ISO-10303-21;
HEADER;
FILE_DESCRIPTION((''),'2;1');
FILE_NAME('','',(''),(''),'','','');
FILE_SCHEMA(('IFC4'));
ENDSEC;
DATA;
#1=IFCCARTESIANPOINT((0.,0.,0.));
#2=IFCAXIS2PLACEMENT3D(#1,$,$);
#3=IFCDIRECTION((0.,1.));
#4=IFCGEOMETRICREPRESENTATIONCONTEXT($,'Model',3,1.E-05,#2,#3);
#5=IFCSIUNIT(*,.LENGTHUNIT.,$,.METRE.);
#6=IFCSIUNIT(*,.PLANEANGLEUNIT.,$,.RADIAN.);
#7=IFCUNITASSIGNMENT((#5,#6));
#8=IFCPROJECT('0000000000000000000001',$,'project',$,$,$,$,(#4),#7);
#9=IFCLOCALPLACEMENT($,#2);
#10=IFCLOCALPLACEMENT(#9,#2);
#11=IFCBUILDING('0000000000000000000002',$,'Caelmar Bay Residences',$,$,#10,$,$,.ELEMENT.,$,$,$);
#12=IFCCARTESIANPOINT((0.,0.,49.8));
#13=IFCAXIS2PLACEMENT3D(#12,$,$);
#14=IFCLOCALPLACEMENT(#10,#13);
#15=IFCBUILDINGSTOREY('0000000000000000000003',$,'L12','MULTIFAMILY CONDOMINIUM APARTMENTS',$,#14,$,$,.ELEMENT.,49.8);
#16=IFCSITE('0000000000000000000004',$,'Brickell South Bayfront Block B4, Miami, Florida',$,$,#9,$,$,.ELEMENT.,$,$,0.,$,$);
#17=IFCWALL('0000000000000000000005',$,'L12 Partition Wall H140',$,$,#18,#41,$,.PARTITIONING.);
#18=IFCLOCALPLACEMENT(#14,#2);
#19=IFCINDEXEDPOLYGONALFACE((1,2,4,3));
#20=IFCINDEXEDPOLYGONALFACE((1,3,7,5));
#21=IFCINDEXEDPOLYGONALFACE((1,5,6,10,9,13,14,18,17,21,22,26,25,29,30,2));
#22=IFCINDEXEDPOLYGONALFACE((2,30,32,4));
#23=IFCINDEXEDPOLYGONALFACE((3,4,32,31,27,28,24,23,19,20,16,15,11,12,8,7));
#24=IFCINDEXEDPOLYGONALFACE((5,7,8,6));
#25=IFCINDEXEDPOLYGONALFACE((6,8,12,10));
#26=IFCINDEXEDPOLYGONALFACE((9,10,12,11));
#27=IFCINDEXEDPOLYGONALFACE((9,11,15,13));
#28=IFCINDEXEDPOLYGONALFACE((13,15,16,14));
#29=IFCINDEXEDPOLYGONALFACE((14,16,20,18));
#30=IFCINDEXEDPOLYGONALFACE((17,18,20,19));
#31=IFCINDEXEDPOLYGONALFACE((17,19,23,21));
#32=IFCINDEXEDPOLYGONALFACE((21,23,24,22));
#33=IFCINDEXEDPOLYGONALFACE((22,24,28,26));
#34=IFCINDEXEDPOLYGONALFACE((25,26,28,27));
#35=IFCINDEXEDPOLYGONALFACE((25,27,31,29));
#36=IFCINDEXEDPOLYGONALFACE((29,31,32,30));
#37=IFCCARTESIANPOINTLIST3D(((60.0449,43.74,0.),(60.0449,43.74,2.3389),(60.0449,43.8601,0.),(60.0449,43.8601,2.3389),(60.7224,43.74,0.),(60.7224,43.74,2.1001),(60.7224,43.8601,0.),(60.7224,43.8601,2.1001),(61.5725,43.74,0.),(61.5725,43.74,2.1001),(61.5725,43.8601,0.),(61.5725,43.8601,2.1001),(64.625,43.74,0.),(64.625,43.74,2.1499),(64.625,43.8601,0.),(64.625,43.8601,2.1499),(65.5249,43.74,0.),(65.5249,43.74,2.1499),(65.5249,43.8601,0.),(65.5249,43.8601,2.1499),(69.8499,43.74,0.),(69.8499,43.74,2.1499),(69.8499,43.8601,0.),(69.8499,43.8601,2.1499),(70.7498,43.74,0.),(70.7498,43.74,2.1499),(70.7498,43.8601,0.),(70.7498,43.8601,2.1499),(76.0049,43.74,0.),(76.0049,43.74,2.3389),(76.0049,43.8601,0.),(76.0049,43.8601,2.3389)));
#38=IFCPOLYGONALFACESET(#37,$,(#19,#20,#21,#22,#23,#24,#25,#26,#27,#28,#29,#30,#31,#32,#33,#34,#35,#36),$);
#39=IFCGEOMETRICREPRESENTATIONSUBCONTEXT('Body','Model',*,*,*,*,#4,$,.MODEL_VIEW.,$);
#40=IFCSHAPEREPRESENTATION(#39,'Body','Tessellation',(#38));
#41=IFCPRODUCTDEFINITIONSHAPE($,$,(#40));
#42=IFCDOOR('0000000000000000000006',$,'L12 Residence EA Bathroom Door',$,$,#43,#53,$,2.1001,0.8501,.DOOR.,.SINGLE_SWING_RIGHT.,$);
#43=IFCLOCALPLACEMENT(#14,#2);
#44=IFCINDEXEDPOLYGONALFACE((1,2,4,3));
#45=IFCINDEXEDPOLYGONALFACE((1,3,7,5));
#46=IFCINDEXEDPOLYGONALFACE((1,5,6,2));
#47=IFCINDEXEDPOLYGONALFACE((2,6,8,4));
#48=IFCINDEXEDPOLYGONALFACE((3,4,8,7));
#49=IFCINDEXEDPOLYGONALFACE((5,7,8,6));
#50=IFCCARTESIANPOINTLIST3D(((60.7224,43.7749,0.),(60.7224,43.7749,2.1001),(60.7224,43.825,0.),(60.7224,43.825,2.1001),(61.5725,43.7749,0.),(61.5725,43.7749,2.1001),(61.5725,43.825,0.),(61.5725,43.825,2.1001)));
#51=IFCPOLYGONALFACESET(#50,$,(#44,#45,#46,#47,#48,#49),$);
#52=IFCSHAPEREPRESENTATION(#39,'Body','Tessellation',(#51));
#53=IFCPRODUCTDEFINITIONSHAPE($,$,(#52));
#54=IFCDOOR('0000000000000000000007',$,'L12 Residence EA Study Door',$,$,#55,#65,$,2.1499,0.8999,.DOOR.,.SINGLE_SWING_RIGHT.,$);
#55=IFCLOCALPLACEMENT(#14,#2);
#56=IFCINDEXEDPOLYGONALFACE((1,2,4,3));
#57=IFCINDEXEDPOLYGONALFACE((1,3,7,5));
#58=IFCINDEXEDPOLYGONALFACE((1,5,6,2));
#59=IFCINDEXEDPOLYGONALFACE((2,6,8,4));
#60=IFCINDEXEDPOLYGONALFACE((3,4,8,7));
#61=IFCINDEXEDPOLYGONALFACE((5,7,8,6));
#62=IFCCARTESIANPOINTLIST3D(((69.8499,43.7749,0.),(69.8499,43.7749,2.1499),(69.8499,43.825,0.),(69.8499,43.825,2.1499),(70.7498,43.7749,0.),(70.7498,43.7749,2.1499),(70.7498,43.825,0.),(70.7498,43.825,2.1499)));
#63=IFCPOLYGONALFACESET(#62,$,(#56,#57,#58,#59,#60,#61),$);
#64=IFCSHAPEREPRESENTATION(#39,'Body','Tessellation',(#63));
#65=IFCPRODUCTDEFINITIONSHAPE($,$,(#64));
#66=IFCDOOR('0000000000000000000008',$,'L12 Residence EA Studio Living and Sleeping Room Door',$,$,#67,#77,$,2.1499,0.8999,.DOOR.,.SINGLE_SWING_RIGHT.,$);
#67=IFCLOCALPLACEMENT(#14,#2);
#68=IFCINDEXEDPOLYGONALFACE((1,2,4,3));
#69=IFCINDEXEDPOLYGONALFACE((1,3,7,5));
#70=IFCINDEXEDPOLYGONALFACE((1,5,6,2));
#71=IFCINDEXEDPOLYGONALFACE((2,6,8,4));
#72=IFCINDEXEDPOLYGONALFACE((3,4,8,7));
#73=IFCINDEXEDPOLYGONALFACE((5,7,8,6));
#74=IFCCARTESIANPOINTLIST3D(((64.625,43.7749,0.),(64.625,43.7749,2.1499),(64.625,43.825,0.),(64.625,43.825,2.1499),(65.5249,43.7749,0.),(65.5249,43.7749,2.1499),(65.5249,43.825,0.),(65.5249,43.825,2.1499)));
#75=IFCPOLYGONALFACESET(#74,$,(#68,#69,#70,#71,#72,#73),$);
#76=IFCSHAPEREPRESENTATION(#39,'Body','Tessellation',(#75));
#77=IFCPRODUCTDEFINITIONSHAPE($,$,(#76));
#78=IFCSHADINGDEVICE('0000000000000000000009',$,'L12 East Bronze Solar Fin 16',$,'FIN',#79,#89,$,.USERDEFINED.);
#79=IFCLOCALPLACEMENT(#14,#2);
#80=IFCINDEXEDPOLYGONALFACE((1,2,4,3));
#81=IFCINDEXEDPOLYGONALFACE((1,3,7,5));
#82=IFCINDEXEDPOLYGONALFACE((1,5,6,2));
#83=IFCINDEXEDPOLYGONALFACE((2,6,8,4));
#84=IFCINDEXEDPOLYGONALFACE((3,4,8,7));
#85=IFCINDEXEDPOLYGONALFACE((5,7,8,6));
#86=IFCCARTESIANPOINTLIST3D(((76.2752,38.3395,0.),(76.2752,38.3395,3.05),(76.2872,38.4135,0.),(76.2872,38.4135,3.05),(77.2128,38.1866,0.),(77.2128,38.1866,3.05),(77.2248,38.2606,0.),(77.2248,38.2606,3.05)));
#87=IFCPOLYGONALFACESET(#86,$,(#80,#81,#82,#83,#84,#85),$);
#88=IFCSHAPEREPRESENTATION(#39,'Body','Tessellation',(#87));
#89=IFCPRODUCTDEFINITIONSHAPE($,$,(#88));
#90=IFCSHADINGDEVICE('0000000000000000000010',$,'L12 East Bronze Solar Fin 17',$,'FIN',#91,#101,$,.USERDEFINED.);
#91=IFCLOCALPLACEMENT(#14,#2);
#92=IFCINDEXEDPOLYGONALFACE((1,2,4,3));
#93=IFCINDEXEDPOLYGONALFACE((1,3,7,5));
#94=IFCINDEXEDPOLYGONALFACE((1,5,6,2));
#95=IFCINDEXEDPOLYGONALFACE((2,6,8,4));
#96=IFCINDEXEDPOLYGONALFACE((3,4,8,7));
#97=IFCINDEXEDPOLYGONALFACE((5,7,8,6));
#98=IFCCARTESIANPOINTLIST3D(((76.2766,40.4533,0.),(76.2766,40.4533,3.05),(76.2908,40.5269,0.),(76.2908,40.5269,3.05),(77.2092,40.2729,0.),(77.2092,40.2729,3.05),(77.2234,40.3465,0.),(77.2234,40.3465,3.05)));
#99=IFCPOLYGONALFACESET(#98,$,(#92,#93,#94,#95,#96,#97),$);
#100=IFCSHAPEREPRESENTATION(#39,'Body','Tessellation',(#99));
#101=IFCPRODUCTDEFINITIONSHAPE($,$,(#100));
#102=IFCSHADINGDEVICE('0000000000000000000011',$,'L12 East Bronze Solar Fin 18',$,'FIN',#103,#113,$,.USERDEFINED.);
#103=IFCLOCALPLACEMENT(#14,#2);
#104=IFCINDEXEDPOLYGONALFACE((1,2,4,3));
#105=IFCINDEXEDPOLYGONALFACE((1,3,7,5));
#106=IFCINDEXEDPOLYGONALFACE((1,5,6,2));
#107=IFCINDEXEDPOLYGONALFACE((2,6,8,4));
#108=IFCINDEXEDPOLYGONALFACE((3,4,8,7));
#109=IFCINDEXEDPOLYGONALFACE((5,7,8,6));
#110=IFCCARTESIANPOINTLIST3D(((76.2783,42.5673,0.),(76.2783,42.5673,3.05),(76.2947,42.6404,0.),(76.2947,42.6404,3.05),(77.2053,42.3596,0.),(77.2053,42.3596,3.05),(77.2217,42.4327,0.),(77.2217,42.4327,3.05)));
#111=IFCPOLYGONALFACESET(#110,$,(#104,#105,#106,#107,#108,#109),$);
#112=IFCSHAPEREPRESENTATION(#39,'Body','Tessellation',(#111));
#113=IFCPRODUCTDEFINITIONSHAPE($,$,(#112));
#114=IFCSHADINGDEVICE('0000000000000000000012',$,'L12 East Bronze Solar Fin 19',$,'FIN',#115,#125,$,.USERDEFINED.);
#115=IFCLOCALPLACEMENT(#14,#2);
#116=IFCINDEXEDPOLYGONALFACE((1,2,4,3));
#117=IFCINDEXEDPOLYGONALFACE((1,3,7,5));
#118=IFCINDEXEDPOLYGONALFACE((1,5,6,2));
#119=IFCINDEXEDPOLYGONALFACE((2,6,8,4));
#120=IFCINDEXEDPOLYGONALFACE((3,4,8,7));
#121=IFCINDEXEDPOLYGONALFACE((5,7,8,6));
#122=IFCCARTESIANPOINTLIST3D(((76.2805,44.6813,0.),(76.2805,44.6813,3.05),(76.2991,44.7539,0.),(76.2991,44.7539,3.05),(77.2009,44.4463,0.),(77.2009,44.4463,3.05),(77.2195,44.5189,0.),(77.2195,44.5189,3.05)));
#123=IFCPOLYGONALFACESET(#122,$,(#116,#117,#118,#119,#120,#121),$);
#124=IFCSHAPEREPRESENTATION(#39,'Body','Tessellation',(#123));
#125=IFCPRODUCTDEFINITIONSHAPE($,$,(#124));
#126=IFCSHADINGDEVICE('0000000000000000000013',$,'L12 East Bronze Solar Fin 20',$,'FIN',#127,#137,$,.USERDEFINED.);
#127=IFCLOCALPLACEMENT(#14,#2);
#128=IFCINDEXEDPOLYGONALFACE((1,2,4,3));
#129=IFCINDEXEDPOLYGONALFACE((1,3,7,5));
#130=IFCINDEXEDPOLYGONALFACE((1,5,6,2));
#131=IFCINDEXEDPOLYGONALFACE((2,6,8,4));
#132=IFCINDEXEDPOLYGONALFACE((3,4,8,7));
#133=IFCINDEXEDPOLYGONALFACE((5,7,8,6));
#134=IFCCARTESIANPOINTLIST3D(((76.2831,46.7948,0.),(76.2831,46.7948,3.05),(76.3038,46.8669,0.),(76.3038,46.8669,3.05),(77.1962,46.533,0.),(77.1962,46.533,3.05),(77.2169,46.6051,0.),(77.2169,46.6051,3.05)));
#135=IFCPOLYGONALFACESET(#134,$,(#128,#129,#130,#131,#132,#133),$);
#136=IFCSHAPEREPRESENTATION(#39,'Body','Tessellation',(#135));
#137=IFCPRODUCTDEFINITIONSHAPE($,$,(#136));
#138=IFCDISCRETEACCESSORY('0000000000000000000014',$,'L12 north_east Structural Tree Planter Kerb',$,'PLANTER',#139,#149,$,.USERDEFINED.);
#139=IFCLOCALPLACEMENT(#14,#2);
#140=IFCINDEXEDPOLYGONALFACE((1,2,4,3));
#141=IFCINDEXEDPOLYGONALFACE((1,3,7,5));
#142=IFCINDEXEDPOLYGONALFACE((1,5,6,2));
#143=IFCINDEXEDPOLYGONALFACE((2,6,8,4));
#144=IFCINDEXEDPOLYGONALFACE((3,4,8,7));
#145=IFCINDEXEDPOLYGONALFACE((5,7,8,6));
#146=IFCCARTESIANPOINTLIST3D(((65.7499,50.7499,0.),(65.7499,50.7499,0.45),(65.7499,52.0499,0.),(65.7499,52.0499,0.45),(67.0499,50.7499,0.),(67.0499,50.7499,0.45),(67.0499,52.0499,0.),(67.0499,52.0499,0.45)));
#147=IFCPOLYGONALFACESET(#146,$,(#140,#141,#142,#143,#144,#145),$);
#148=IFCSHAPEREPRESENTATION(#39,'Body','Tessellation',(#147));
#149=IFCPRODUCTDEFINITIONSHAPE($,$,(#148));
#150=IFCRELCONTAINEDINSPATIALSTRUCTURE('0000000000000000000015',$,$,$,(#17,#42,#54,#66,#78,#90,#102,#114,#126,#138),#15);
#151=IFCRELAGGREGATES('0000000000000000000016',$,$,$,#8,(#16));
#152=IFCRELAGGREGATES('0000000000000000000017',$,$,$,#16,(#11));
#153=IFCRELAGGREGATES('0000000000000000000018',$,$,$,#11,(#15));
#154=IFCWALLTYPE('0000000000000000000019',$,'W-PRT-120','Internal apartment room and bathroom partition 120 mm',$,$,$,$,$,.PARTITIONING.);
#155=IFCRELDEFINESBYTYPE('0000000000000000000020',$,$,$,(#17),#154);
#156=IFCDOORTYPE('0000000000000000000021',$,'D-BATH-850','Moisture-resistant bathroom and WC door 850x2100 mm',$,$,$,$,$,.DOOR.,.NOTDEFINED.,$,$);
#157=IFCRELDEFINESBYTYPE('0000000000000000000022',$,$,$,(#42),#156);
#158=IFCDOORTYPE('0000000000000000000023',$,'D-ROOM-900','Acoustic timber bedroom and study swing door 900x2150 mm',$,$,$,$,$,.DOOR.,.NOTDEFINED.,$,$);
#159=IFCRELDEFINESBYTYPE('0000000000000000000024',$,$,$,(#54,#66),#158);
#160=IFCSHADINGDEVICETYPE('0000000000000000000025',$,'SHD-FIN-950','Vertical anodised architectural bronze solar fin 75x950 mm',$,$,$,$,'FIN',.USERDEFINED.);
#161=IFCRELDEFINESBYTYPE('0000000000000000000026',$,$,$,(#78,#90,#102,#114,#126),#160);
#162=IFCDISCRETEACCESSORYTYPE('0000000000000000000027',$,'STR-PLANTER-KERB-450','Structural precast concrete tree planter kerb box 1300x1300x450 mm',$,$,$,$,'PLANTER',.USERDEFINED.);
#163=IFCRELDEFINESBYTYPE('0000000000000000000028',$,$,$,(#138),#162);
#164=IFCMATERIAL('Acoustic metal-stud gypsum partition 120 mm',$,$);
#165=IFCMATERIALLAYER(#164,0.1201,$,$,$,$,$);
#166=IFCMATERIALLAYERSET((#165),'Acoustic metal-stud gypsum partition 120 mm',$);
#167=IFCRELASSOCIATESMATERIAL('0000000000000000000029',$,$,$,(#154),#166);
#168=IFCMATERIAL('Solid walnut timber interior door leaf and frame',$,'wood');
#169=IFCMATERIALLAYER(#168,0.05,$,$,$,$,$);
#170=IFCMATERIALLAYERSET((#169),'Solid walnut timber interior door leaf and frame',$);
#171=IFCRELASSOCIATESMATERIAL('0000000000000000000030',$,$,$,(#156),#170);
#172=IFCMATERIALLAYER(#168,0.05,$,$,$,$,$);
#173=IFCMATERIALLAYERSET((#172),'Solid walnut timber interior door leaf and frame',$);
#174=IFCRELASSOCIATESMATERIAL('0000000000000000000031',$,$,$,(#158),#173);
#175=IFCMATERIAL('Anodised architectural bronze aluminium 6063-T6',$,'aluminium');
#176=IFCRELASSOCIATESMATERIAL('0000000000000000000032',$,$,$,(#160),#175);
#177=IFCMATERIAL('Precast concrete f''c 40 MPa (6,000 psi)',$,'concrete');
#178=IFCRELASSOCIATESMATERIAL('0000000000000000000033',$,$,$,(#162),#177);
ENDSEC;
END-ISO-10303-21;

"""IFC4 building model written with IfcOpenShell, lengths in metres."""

from ifc_helpers import new_model, si_unit, direction, frame, frame_2d, origin, origin_2d, place, context, subcontext, project, spatial, rectangle, extrude, material, layer, layer_set, material_profile, profile_set, type_object, element, fill, save


model = new_model("IFC4")

# Units and contexts
model_context = context("Model", 3, precision=1e-05, world=origin(), true_north=direction((0.0, 1.0)))
body_context = subcontext(model_context, "Body", "Model", "MODEL_VIEW")
ifc_project = project(units=[si_unit("LENGTHUNIT", "METRE"), si_unit("PLANEANGLEUNIT", "RADIAN")], contexts=[model_context])

# Site, building, storey
site_placement = place(None, origin())
site = spatial("IfcSite", under=ifc_project, at=site_placement, Name="Brickell South Bayfront Block B4, Miami, Florida", CompositionType="ELEMENT", RefElevation=0.0)
building_placement = place(site_placement, origin())
building = spatial("IfcBuilding", under=site, at=building_placement, Name="Caelmar Bay Residences", CompositionType="ELEMENT")
storey_placement = place(building_placement, frame((0.0, 0.0, 49.8)))
storey = spatial("IfcBuildingStorey", under=building, at=storey_placement, Name="L12", Description="MULTIFAMILY CONDOMINIUM APARTMENTS", CompositionType="ELEMENT", Elevation=49.8)

# Shared definitions
ifc_material_1 = material(Name="Precast concrete f'c 40 MPa (6,000 psi)", Category="concrete")

# Shared definitions
ifc_material_2 = material(Name="Acoustic metal-stud gypsum partition 120 mm")
ifc_layer_1 = layer(ifc_material_2, 0.1201)
ifc_layer_set_1 = layer_set([ifc_layer_1], Name="Acoustic metal-stud gypsum partition 120 mm")
wall_type_1 = type_object("IfcWallType", Name="W-PRT-120", Description="Internal apartment room and bathroom partition 120 mm", PredefinedType="PARTITIONING", material=ifc_layer_set_1)

# Wall, openings, doors
wall_1_placement = place(storey_placement, frame((60.0449, 43.8, 0.0), z_axis=(0.0, 0.0, 1.0), x_axis=(1.0, 0.0, 0.0)))
wall_1 = element("IfcWall", 1, at=wall_1_placement, inside=storey, type_object=wall_type_1, Name="L12 Partition Wall H140", PredefinedType="PARTITIONING", context=body_context, shape_type="SweptSolid", body=[
    extrude(rectangle(XDim=15.96, YDim=0.1201, at=frame_2d((7.98, 0.0))), origin(), (0.0, 0.0, 1.0), 2.3389),
])
opening_1_placement = place(wall_1_placement, frame((9.8049, 0.0, 0.0)))
opening_1 = element("IfcOpeningElement", 2, at=opening_1_placement, cuts=wall_1, PredefinedType="OPENING", context=body_context, shape_type="SweptSolid", body=[
    extrude(rectangle(XDim=0.8999, YDim=2.1499, at=frame_2d((0.45, 1.075))), frame((0.0, 0.0701, 0.0), z_axis=(0.0, -1.0, 0.0), x_axis=(1.0, 0.0, 0.0)), (0.0, 0.0, 1.0), 0.1401),
])
opening_2_placement = place(wall_1_placement, frame((4.5801, 0.0, 0.0)))
opening_2 = element("IfcOpeningElement", 3, at=opening_2_placement, cuts=wall_1, PredefinedType="OPENING", context=body_context, shape_type="SweptSolid", body=[
    extrude(rectangle(XDim=0.8999, YDim=2.1499, at=frame_2d((0.45, 1.075))), frame((0.0, 0.0701, 0.0), z_axis=(0.0, -1.0, 0.0), x_axis=(1.0, 0.0, 0.0)), (0.0, 0.0, 1.0), 0.1401),
])
opening_3_placement = place(wall_1_placement, frame((0.6775, 0.0, 0.0)))
opening_3 = element("IfcOpeningElement", 4, at=opening_3_placement, cuts=wall_1, PredefinedType="OPENING", context=body_context, shape_type="SweptSolid", body=[
    extrude(rectangle(XDim=0.8501, YDim=2.1001, at=frame_2d((0.425, 1.05))), frame((0.0, 0.0701, 0.0), z_axis=(0.0, -1.0, 0.0), x_axis=(1.0, 0.0, 0.0)), (0.0, 0.0, 1.0), 0.1401),
])
ifc_material_3 = material(Name="Solid walnut timber interior door leaf and frame", Category="wood")
ifc_layer_2 = layer(ifc_material_3, 0.05)
ifc_layer_set_2 = layer_set([ifc_layer_2], Name="Solid walnut timber interior door leaf and frame")
door_type_1 = type_object("IfcDoorType", Name="D-BATH-850", Description="Moisture-resistant bathroom and WC door 850x2100 mm", OperationType="NOTDEFINED", PredefinedType="DOOR", material=ifc_layer_set_2)
door_1_placement = place(opening_3_placement, origin())
door_1 = element("IfcDoor", 5, at=door_1_placement, inside=storey, type_object=door_type_1, Name="L12 Residence EA Bathroom Door", OperationType="SINGLE_SWING_RIGHT", OverallHeight=2.1001, OverallWidth=0.8501, PredefinedType="DOOR", context=body_context, shape_type="SweptSolid", body=[
    extrude(rectangle(XDim=0.8501, YDim=2.1001, at=frame_2d((0.425, 1.05))), frame((0.0, 0.0249, 0.0), z_axis=(0.0, -1.0, 0.0), x_axis=(1.0, 0.0, 0.0)), (0.0, 0.0, 1.0), 0.05),
])
fill(opening_3, door_1)
ifc_layer_3 = layer(ifc_material_3, 0.05)
ifc_layer_set_3 = layer_set([ifc_layer_3], Name="Solid walnut timber interior door leaf and frame")
door_type_2 = type_object("IfcDoorType", Name="D-ROOM-900", Description="Acoustic timber bedroom and study swing door 900x2150 mm", OperationType="NOTDEFINED", PredefinedType="DOOR", material=ifc_layer_set_3)
door_2_placement = place(opening_1_placement, origin())
door_2 = element("IfcDoor", 6, at=door_2_placement, inside=storey, type_object=door_type_2, Name="L12 Residence EA Study Door", OperationType="SINGLE_SWING_RIGHT", OverallHeight=2.1499, OverallWidth=0.8999, PredefinedType="DOOR", context=body_context, shape_type="SweptSolid", body=[
    extrude(rectangle(XDim=0.8999, YDim=2.1499, at=frame_2d((0.45, 1.075))), frame((0.0, 0.0249, 0.0), z_axis=(0.0, -1.0, 0.0), x_axis=(1.0, 0.0, 0.0)), (0.0, 0.0, 1.0), 0.05),
])
fill(opening_1, door_2)
door_3_placement = place(opening_2_placement, origin())
door_3 = element("IfcDoor", 7, at=door_3_placement, inside=storey, type_object=door_type_2, Name="L12 Residence EA Studio Living and Sleeping Room Door", OperationType="SINGLE_SWING_RIGHT", OverallHeight=2.1499, OverallWidth=0.8999, PredefinedType="DOOR", context=body_context, shape_type="SweptSolid", body=[
    extrude(rectangle(XDim=0.8999, YDim=2.1499, at=frame_2d((0.45, 1.075))), frame((0.0, 0.0249, 0.0), z_axis=(0.0, -1.0, 0.0), x_axis=(1.0, 0.0, 0.0)), (0.0, 0.0, 1.0), 0.05),
])
fill(opening_2, door_3)

# Shading devices
ifc_material_4 = material(Name="Anodised architectural bronze aluminium 6063-T6", Category="aluminium")
ifc_material_profile_1 = material_profile(ifc_material_4, rectangle(XDim=0.075, YDim=0.95, at=origin_2d()), Name="BRONZE-FIN-75X950")
ifc_profile_set_1 = profile_set([ifc_material_profile_1], Name="Anodised architectural bronze aluminium 6063-T6")
shading_device_type = type_object("IfcShadingDeviceType", Name="SHD-FIN-950", Description="Vertical anodised architectural bronze solar fin 75x950 mm", ElementType="FIN", PredefinedType="USERDEFINED", material=ifc_profile_set_1)
for number, where, z_axis, x_axis, name in (
    (8, (76.75, 38.3, 0.0), (0.0, 0.0, 1.0), (0.160915, 0.986968, 0.0), "L12 East Bronze Solar Fin 16"),
    (9, (76.75, 40.3999, 0.0), (0.0, 0.0, 1.0), (0.189952, 0.981793, 0.0), "L12 East Bronze Solar Fin 17"),
    (10, (76.75, 42.5, 0.0), (0.0, 0.0, 1.0), (0.218654, 0.975802, 0.0), "L12 East Bronze Solar Fin 18"),
    (11, (76.75, 44.6001, 0.0), (0.0, 0.0, 1.0), (0.247337, 0.968929, 0.0), "L12 East Bronze Solar Fin 19"),
    (12, (76.75, 46.7, 0.0), (0.0, 0.0, 1.0), (0.275637, 0.961262, 0.0), "L12 East Bronze Solar Fin 20"),
):
    element("IfcShadingDevice", number, at=place(storey_placement, frame(where, z_axis=z_axis, x_axis=x_axis)), inside=storey, type_object=shading_device_type, Name=name, ObjectType="FIN", PredefinedType="USERDEFINED", context=body_context, shape_type="SweptSolid", body=[
        extrude(rectangle(XDim=0.075, YDim=0.95, at=origin_2d()), origin(), (0.0, 0.0, 1.0), 3.05),
    ])

# Discrete accessory
discrete_accessory_type = type_object("IfcDiscreteAccessoryType", Name="STR-PLANTER-KERB-450", Description="Structural precast concrete tree planter kerb box 1300x1300x450 mm", ElementType="PLANTER", PredefinedType="USERDEFINED", material=ifc_material_1)
discrete_accessory_placement = place(storey_placement, frame((66.3999, 51.3999, 0.0), z_axis=(0.0, 0.0, 1.0), x_axis=(1.0, 0.0, 0.0)))
element("IfcDiscreteAccessory", 13, at=discrete_accessory_placement, inside=storey, type_object=discrete_accessory_type, Name="L12 north_east Structural Tree Planter Kerb", ObjectType="PLANTER", PredefinedType="USERDEFINED", context=body_context, shape_type="SweptSolid", body=[
    extrude(rectangle(XDim=1.3, YDim=1.3, at=origin_2d()), origin(), (0.0, 0.0, 1.0), 0.45),
])

save(model, "model.ifc")
